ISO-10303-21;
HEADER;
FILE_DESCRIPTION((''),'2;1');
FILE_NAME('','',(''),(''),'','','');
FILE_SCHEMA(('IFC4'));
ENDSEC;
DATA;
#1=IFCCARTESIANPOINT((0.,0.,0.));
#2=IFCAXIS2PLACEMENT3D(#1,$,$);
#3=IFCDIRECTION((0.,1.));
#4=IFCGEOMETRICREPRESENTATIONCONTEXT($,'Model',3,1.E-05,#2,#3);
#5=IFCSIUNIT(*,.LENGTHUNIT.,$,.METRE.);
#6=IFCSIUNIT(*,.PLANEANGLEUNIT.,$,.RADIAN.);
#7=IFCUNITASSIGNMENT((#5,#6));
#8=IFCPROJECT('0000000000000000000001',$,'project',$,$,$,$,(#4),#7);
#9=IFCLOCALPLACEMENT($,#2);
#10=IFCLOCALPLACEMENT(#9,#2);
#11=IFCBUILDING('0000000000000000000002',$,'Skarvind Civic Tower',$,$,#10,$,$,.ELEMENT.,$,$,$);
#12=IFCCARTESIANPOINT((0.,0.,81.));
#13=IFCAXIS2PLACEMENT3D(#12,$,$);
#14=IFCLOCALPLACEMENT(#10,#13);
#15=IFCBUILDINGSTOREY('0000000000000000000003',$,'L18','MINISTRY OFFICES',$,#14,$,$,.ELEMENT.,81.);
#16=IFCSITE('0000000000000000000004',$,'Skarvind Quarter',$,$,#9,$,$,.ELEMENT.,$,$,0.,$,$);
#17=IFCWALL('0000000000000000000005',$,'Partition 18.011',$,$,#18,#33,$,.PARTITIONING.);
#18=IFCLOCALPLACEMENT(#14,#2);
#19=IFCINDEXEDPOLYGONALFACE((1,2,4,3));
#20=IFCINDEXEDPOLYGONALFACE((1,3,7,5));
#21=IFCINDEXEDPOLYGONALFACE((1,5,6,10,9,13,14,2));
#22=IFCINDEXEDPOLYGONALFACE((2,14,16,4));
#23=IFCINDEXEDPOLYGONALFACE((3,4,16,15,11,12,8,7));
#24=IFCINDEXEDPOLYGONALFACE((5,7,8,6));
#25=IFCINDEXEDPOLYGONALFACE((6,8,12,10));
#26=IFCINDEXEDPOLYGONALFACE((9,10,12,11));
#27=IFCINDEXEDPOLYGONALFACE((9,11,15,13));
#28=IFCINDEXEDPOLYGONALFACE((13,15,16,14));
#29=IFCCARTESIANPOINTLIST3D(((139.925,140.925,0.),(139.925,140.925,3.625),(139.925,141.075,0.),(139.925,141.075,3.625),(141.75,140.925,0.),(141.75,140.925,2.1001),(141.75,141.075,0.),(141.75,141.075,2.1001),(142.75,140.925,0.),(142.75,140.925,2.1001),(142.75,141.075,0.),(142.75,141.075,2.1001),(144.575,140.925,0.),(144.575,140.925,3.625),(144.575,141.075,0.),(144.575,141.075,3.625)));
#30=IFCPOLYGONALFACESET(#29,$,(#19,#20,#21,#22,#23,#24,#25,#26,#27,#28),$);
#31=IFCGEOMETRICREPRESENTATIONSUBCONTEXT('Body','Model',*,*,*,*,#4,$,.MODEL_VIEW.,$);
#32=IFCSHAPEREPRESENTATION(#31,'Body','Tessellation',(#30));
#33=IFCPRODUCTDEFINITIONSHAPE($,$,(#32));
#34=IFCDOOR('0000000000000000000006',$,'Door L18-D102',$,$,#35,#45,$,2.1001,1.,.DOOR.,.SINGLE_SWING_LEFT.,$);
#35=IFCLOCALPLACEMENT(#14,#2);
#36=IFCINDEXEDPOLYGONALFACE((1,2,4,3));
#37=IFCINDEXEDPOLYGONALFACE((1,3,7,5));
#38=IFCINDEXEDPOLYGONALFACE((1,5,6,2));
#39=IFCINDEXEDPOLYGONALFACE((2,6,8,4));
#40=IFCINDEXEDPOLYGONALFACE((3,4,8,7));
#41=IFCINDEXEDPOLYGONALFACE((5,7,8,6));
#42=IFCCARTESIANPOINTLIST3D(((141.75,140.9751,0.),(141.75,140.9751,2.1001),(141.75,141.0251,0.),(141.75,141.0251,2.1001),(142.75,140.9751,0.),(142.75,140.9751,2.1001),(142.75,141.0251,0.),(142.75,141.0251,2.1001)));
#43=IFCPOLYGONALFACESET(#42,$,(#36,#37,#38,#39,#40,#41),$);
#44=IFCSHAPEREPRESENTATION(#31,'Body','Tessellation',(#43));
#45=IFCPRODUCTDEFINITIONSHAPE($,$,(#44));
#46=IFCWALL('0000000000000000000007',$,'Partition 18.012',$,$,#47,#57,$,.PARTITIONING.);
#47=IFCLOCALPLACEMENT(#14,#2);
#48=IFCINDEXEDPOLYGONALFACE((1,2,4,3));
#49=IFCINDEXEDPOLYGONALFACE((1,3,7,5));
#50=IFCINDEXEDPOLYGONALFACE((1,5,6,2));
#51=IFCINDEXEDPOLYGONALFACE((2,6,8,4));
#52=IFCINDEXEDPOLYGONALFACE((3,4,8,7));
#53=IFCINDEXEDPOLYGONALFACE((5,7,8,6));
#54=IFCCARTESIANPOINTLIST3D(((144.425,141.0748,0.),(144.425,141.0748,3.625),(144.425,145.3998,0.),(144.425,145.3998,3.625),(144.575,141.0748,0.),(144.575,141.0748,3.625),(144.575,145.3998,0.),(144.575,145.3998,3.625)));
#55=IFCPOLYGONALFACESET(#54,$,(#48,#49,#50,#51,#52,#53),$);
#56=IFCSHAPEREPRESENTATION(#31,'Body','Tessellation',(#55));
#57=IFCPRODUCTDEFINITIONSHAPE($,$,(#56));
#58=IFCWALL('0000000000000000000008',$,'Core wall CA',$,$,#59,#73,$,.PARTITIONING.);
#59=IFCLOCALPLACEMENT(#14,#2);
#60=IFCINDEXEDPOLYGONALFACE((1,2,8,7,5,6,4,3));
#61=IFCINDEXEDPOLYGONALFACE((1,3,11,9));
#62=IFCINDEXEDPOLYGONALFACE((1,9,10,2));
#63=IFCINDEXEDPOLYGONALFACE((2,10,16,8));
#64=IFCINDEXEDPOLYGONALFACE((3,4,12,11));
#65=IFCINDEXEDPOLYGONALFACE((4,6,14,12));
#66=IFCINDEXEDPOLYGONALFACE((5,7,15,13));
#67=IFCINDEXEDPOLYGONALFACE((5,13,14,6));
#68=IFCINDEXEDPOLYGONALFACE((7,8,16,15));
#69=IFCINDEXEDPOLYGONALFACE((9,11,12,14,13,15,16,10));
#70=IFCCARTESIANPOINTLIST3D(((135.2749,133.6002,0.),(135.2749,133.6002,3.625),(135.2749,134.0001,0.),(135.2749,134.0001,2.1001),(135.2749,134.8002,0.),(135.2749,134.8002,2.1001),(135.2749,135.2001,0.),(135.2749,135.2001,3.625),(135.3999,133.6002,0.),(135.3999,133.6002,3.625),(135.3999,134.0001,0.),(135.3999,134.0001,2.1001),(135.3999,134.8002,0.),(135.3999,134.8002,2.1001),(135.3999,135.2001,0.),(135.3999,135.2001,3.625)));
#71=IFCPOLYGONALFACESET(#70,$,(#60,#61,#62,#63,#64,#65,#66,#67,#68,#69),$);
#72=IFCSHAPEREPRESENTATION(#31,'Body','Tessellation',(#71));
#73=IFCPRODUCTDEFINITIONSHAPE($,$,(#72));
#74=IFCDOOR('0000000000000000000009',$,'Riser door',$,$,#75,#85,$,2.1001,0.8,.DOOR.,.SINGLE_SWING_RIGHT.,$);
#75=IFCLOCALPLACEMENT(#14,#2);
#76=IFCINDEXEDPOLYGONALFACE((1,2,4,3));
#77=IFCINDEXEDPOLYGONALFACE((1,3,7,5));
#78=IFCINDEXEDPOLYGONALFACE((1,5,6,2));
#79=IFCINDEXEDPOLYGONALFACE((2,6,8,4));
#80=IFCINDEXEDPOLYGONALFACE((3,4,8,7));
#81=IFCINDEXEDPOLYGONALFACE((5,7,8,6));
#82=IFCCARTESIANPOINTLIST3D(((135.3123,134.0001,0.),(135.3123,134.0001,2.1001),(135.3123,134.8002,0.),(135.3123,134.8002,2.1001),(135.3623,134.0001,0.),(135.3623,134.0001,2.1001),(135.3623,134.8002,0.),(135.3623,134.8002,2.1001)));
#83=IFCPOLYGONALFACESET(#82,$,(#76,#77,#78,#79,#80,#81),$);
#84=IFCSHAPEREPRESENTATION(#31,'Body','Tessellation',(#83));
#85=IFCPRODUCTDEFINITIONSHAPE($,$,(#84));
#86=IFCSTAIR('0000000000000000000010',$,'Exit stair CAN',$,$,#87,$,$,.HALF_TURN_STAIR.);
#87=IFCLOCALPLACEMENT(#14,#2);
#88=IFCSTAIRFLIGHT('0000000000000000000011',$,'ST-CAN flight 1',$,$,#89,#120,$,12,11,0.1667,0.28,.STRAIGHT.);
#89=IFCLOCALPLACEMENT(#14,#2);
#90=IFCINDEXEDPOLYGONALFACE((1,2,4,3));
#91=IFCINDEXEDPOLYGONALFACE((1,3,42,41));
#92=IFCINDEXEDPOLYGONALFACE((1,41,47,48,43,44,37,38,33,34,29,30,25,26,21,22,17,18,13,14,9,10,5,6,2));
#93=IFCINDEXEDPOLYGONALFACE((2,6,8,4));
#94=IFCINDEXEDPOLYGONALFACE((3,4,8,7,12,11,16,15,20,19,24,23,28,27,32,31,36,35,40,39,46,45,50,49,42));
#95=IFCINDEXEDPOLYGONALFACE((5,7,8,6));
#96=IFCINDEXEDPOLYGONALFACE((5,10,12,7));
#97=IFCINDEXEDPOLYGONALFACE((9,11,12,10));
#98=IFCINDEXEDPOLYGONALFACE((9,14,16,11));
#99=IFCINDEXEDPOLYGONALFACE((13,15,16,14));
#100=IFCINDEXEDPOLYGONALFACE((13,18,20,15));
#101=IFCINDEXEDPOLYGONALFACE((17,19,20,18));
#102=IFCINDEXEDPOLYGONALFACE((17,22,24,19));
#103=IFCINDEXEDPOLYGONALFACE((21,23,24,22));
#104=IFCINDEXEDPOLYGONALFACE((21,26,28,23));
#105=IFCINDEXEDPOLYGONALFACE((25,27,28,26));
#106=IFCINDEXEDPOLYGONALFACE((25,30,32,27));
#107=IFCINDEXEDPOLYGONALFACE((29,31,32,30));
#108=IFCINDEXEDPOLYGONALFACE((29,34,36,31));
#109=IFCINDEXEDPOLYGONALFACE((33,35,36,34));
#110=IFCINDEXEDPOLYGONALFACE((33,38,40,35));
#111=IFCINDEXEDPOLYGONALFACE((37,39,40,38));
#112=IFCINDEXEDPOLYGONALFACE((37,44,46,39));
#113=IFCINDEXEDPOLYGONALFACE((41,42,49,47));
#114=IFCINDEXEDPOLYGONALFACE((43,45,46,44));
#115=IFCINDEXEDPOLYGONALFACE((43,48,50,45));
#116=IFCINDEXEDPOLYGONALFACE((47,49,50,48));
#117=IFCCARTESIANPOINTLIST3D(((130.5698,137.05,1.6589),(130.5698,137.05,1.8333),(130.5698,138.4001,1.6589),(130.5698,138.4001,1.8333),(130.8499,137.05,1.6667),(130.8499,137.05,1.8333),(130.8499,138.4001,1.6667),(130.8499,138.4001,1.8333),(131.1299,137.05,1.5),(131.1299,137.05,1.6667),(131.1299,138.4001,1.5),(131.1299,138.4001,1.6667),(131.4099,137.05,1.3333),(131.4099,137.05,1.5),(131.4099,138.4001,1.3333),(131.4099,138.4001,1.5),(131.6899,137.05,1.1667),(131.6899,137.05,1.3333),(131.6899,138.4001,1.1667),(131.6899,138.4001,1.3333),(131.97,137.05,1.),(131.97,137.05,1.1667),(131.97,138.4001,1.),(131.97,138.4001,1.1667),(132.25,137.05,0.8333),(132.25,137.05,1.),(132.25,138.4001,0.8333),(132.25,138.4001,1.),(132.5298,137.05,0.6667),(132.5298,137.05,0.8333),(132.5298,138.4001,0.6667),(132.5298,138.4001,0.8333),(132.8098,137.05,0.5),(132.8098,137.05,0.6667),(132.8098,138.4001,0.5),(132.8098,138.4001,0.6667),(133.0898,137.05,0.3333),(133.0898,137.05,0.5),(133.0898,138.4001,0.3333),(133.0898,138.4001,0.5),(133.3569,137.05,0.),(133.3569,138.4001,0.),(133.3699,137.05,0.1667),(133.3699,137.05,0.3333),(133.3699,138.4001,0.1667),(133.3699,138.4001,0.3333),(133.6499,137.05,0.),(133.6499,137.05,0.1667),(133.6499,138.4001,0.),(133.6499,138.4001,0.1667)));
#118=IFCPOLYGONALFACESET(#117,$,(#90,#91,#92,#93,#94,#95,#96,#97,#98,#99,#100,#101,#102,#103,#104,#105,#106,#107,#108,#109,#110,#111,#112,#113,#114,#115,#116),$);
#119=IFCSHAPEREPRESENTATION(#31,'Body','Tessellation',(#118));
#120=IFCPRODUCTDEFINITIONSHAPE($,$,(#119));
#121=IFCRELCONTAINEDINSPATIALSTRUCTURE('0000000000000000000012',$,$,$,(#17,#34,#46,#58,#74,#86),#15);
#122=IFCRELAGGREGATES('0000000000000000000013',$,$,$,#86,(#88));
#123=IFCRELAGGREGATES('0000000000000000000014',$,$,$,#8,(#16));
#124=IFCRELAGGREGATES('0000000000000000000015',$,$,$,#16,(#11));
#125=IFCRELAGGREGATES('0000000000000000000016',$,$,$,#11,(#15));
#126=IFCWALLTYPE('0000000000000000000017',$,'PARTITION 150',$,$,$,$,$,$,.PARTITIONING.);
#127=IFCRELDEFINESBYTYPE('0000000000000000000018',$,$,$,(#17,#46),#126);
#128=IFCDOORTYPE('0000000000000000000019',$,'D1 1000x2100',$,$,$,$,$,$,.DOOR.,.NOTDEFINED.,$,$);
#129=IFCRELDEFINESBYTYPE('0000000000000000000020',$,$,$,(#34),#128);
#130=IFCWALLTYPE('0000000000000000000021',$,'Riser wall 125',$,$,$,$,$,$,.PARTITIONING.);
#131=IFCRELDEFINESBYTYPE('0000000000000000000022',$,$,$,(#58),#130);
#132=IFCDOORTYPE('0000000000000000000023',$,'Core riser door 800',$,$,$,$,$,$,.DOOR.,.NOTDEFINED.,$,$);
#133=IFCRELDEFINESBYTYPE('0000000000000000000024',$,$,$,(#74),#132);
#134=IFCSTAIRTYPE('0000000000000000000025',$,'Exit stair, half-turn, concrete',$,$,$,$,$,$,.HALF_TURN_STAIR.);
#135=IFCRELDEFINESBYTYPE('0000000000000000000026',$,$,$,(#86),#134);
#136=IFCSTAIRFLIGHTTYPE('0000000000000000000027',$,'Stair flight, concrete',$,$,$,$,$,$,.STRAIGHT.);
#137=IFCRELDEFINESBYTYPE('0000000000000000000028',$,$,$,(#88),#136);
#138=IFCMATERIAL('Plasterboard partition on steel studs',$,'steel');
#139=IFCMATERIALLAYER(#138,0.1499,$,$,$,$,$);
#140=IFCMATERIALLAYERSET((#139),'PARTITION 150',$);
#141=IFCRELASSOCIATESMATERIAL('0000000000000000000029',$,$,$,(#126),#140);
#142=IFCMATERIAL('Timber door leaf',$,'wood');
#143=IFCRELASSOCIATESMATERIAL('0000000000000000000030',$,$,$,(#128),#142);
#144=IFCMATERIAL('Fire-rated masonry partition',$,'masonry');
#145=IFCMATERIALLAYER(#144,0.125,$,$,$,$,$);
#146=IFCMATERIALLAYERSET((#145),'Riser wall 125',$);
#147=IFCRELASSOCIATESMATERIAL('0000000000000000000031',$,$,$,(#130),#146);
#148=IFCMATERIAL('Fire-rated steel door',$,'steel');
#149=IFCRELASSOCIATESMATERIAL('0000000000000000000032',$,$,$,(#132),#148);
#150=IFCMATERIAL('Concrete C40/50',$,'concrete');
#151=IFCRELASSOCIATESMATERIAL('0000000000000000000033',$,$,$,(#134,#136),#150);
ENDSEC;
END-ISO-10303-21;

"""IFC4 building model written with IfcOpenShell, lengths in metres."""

from ifc_helpers import new_model, si_unit, direction, frame, frame_2d, origin, place, context, subcontext, project, spatial, polyline, rectangle, outline, extrude, material, layer, layer_set, type_object, element, fill, aggregate, save


model = new_model("IFC4")

# Units and contexts
model_context = context("Model", 3, precision=1e-05, world=origin(), true_north=direction((0.0, 1.0)))
body_context = subcontext(model_context, "Body", "Model", "MODEL_VIEW")
ifc_project = project(units=[si_unit("LENGTHUNIT", "METRE"), si_unit("PLANEANGLEUNIT", "RADIAN")], contexts=[model_context])

# Site, building, storey
site_placement = place(None, origin())
site = spatial("IfcSite", under=ifc_project, at=site_placement, Name="Skarvind Quarter", CompositionType="ELEMENT", RefElevation=0.0)
building_placement = place(site_placement, origin())
building = spatial("IfcBuilding", under=site, at=building_placement, Name="Skarvind Civic Tower", CompositionType="ELEMENT")
storey_placement = place(building_placement, frame((0.0, 0.0, 81.0)))
storey = spatial("IfcBuildingStorey", under=building, at=storey_placement, Name="L18", Description="MINISTRY OFFICES", CompositionType="ELEMENT", Elevation=81.0)

# Shared definitions
ifc_material_1 = material(Name="Timber door leaf", Category="wood")
ifc_material_2 = material(Name="Fire-rated masonry partition", Category="masonry")
ifc_material_3 = material(Name="Fire-rated steel door", Category="steel")

# Shared definitions
ifc_material_4 = material(Name="Plasterboard partition on steel studs", Category="steel")
ifc_layer_1 = layer(ifc_material_4, 0.1499)
ifc_layer_set_1 = layer_set([ifc_layer_1], Name="PARTITION 150")
wall_type_1 = type_object("IfcWallType", Name="PARTITION 150", PredefinedType="PARTITIONING", material=ifc_layer_set_1)

# Wall, opening, door
wall_1_placement = place(storey_placement, frame((144.575, 141.0, 0.0), z_axis=(0.0, 0.0, 1.0), x_axis=(-1.0, 0.0, 0.0)))
wall_1 = element("IfcWall", 1, at=wall_1_placement, inside=storey, type_object=wall_type_1, Name="Partition 18.011", PredefinedType="PARTITIONING", context=body_context, shape_type="SweptSolid", body=[
    extrude(rectangle(XDim=4.6499, YDim=0.1499, at=frame_2d((2.325, 0.0))), origin(), (0.0, 0.0, 1.0), 3.625),
])
opening_1_placement = place(wall_1_placement, frame((1.825, 0.0, 0.0)))
opening_1 = element("IfcOpeningElement", 2, at=opening_1_placement, cuts=wall_1, PredefinedType="OPENING", context=body_context, shape_type="SweptSolid", body=[
    extrude(rectangle(XDim=1.0, YDim=2.1001, at=frame_2d((0.5, 1.05))), frame((0.0, 0.085, 0.0), z_axis=(0.0, -1.0, 0.0), x_axis=(1.0, 0.0, 0.0)), (0.0, 0.0, 1.0), 0.1699),
])
door_type_1 = type_object("IfcDoorType", Name="D1 1000x2100", OperationType="NOTDEFINED", PredefinedType="DOOR", material=ifc_material_1)
door_1_placement = place(opening_1_placement, origin())
door_1 = element("IfcDoor", 3, at=door_1_placement, inside=storey, type_object=door_type_1, Name="Door L18-D102", OperationType="SINGLE_SWING_LEFT", OverallHeight=2.1001, OverallWidth=1.0, PredefinedType="DOOR", context=body_context, shape_type="SweptSolid", body=[
    extrude(rectangle(XDim=1.0, YDim=2.1001, at=frame_2d((0.5, 1.05))), frame((0.0, 0.0249, 0.0), z_axis=(0.0, -1.0, 0.0), x_axis=(1.0, 0.0, 0.0)), (0.0, 0.0, 1.0), 0.05),
])
fill(opening_1, door_1)

# Wall
wall_2_placement = place(storey_placement, frame((144.5, 145.3999, 0.0), z_axis=(0.0, 0.0, 1.0), x_axis=(0.0, -1.0, 0.0)))
element("IfcWall", 4, at=wall_2_placement, inside=storey, type_object=wall_type_1, Name="Partition 18.012", PredefinedType="PARTITIONING", context=body_context, shape_type="SweptSolid", body=[
    extrude(rectangle(XDim=4.325, YDim=0.1499, at=frame_2d((2.1626, 0.0))), origin(), (0.0, 0.0, 1.0), 3.625),
])

# Wall, opening, door
ifc_layer_2 = layer(ifc_material_2, 0.125)
ifc_layer_set_2 = layer_set([ifc_layer_2], Name="Riser wall 125")
wall_type_2 = type_object("IfcWallType", Name="Riser wall 125", PredefinedType="PARTITIONING", material=ifc_layer_set_2)
wall_3_placement = place(storey_placement, frame((135.3374, 135.2, 0.0), z_axis=(0.0, 0.0, 1.0), x_axis=(0.0, -1.0, 0.0)))
wall_3 = element("IfcWall", 5, at=wall_3_placement, inside=storey, type_object=wall_type_2, Name="Core wall CA", PredefinedType="PARTITIONING", context=body_context, shape_type="SweptSolid", body=[
    extrude(rectangle(XDim=1.5999, YDim=0.125, at=frame_2d((0.7998, 0.0))), origin(), (0.0, 0.0, 1.0), 3.625),
])
opening_2_placement = place(wall_3_placement, frame((0.3999, 0.0, 0.0)))
opening_2 = element("IfcOpeningElement", 6, at=opening_2_placement, cuts=wall_3, PredefinedType="OPENING", context=body_context, shape_type="SweptSolid", body=[
    extrude(rectangle(XDim=0.8, YDim=2.1001, at=frame_2d((0.3999, 1.05))), frame((0.0, 0.0725, 0.0), z_axis=(0.0, -1.0, 0.0), x_axis=(1.0, 0.0, 0.0)), (0.0, 0.0, 1.0), 0.145),
])
door_type_2 = type_object("IfcDoorType", Name="Core riser door 800", OperationType="NOTDEFINED", PredefinedType="DOOR", material=ifc_material_3)
door_2_placement = place(opening_2_placement, origin())
door_2 = element("IfcDoor", 7, at=door_2_placement, inside=storey, type_object=door_type_2, Name="Riser door", OperationType="SINGLE_SWING_RIGHT", OverallHeight=2.1001, OverallWidth=0.8, PredefinedType="DOOR", context=body_context, shape_type="SweptSolid", body=[
    extrude(rectangle(XDim=0.8, YDim=2.1001, at=frame_2d((0.3999, 1.05))), frame((0.0, 0.0249, 0.0), z_axis=(0.0, -1.0, 0.0), x_axis=(1.0, 0.0, 0.0)), (0.0, 0.0, 1.0), 0.05),
])
fill(opening_2, door_2)

# Stair, stair flight
ifc_material_5 = material(Name="Concrete C40/50", Category="concrete")
stair_type = type_object("IfcStairType", Name="Exit stair, half-turn, concrete", PredefinedType="HALF_TURN_STAIR", material=ifc_material_5)
stair_placement = place(storey_placement, origin())
stair = element("IfcStair", 8, at=stair_placement, inside=storey, type_object=stair_type, Name="Exit stair CAN", PredefinedType="HALF_TURN_STAIR")
stair_flight_type = type_object("IfcStairFlightType", Name="Stair flight, concrete", PredefinedType="STRAIGHT", material=ifc_material_5)
stair_flight_placement = place(storey_placement, frame((133.6499, 137.7251, 0.0), z_axis=(0.0, 0.0, 1.0), x_axis=(-1.0, 0.0, 0.0)))
stair_flight = element("IfcStairFlight", 9, at=stair_flight_placement, type_object=stair_flight_type, Name="ST-CAN flight 1", NumberOfRisers=12, NumberOfTreads=11, PredefinedType="STRAIGHT", RiserHeight=0.1667, TreadLength=0.28, context=body_context, shape_type="SweptSolid", body=[
    extrude(outline(polyline([(0.0, 0.0), (0.0, 0.1667), (0.28, 0.1667), (0.28, 0.3333), (0.5601, 0.3333), (0.5601, 0.5), (0.8401, 0.5), (0.8401, 0.6667), (1.1201, 0.6667), (1.1201, 0.8333), (1.3999, 0.8333), (1.3999, 1.0), (1.6799, 1.0), (1.6799, 1.1667), (1.96, 1.1667), (1.96, 1.3333), (2.24, 1.3333), (2.24, 1.5), (2.52, 1.5), (2.52, 1.6667), (2.8, 1.6667), (2.8, 1.8333), (3.0801, 1.8333), (3.0801, 2.0), (3.0801, 1.6589), (0.293, 0.0), (0.0, 0.0)])), frame((0.0, 0.675, 0.0), z_axis=(0.0, -1.0, 0.0), x_axis=(1.0, 0.0, 0.0)), (0.0, 0.0, 1.0), 1.3501),
])
aggregate(stair, [stair_flight])

save(model, "model.ifc")
